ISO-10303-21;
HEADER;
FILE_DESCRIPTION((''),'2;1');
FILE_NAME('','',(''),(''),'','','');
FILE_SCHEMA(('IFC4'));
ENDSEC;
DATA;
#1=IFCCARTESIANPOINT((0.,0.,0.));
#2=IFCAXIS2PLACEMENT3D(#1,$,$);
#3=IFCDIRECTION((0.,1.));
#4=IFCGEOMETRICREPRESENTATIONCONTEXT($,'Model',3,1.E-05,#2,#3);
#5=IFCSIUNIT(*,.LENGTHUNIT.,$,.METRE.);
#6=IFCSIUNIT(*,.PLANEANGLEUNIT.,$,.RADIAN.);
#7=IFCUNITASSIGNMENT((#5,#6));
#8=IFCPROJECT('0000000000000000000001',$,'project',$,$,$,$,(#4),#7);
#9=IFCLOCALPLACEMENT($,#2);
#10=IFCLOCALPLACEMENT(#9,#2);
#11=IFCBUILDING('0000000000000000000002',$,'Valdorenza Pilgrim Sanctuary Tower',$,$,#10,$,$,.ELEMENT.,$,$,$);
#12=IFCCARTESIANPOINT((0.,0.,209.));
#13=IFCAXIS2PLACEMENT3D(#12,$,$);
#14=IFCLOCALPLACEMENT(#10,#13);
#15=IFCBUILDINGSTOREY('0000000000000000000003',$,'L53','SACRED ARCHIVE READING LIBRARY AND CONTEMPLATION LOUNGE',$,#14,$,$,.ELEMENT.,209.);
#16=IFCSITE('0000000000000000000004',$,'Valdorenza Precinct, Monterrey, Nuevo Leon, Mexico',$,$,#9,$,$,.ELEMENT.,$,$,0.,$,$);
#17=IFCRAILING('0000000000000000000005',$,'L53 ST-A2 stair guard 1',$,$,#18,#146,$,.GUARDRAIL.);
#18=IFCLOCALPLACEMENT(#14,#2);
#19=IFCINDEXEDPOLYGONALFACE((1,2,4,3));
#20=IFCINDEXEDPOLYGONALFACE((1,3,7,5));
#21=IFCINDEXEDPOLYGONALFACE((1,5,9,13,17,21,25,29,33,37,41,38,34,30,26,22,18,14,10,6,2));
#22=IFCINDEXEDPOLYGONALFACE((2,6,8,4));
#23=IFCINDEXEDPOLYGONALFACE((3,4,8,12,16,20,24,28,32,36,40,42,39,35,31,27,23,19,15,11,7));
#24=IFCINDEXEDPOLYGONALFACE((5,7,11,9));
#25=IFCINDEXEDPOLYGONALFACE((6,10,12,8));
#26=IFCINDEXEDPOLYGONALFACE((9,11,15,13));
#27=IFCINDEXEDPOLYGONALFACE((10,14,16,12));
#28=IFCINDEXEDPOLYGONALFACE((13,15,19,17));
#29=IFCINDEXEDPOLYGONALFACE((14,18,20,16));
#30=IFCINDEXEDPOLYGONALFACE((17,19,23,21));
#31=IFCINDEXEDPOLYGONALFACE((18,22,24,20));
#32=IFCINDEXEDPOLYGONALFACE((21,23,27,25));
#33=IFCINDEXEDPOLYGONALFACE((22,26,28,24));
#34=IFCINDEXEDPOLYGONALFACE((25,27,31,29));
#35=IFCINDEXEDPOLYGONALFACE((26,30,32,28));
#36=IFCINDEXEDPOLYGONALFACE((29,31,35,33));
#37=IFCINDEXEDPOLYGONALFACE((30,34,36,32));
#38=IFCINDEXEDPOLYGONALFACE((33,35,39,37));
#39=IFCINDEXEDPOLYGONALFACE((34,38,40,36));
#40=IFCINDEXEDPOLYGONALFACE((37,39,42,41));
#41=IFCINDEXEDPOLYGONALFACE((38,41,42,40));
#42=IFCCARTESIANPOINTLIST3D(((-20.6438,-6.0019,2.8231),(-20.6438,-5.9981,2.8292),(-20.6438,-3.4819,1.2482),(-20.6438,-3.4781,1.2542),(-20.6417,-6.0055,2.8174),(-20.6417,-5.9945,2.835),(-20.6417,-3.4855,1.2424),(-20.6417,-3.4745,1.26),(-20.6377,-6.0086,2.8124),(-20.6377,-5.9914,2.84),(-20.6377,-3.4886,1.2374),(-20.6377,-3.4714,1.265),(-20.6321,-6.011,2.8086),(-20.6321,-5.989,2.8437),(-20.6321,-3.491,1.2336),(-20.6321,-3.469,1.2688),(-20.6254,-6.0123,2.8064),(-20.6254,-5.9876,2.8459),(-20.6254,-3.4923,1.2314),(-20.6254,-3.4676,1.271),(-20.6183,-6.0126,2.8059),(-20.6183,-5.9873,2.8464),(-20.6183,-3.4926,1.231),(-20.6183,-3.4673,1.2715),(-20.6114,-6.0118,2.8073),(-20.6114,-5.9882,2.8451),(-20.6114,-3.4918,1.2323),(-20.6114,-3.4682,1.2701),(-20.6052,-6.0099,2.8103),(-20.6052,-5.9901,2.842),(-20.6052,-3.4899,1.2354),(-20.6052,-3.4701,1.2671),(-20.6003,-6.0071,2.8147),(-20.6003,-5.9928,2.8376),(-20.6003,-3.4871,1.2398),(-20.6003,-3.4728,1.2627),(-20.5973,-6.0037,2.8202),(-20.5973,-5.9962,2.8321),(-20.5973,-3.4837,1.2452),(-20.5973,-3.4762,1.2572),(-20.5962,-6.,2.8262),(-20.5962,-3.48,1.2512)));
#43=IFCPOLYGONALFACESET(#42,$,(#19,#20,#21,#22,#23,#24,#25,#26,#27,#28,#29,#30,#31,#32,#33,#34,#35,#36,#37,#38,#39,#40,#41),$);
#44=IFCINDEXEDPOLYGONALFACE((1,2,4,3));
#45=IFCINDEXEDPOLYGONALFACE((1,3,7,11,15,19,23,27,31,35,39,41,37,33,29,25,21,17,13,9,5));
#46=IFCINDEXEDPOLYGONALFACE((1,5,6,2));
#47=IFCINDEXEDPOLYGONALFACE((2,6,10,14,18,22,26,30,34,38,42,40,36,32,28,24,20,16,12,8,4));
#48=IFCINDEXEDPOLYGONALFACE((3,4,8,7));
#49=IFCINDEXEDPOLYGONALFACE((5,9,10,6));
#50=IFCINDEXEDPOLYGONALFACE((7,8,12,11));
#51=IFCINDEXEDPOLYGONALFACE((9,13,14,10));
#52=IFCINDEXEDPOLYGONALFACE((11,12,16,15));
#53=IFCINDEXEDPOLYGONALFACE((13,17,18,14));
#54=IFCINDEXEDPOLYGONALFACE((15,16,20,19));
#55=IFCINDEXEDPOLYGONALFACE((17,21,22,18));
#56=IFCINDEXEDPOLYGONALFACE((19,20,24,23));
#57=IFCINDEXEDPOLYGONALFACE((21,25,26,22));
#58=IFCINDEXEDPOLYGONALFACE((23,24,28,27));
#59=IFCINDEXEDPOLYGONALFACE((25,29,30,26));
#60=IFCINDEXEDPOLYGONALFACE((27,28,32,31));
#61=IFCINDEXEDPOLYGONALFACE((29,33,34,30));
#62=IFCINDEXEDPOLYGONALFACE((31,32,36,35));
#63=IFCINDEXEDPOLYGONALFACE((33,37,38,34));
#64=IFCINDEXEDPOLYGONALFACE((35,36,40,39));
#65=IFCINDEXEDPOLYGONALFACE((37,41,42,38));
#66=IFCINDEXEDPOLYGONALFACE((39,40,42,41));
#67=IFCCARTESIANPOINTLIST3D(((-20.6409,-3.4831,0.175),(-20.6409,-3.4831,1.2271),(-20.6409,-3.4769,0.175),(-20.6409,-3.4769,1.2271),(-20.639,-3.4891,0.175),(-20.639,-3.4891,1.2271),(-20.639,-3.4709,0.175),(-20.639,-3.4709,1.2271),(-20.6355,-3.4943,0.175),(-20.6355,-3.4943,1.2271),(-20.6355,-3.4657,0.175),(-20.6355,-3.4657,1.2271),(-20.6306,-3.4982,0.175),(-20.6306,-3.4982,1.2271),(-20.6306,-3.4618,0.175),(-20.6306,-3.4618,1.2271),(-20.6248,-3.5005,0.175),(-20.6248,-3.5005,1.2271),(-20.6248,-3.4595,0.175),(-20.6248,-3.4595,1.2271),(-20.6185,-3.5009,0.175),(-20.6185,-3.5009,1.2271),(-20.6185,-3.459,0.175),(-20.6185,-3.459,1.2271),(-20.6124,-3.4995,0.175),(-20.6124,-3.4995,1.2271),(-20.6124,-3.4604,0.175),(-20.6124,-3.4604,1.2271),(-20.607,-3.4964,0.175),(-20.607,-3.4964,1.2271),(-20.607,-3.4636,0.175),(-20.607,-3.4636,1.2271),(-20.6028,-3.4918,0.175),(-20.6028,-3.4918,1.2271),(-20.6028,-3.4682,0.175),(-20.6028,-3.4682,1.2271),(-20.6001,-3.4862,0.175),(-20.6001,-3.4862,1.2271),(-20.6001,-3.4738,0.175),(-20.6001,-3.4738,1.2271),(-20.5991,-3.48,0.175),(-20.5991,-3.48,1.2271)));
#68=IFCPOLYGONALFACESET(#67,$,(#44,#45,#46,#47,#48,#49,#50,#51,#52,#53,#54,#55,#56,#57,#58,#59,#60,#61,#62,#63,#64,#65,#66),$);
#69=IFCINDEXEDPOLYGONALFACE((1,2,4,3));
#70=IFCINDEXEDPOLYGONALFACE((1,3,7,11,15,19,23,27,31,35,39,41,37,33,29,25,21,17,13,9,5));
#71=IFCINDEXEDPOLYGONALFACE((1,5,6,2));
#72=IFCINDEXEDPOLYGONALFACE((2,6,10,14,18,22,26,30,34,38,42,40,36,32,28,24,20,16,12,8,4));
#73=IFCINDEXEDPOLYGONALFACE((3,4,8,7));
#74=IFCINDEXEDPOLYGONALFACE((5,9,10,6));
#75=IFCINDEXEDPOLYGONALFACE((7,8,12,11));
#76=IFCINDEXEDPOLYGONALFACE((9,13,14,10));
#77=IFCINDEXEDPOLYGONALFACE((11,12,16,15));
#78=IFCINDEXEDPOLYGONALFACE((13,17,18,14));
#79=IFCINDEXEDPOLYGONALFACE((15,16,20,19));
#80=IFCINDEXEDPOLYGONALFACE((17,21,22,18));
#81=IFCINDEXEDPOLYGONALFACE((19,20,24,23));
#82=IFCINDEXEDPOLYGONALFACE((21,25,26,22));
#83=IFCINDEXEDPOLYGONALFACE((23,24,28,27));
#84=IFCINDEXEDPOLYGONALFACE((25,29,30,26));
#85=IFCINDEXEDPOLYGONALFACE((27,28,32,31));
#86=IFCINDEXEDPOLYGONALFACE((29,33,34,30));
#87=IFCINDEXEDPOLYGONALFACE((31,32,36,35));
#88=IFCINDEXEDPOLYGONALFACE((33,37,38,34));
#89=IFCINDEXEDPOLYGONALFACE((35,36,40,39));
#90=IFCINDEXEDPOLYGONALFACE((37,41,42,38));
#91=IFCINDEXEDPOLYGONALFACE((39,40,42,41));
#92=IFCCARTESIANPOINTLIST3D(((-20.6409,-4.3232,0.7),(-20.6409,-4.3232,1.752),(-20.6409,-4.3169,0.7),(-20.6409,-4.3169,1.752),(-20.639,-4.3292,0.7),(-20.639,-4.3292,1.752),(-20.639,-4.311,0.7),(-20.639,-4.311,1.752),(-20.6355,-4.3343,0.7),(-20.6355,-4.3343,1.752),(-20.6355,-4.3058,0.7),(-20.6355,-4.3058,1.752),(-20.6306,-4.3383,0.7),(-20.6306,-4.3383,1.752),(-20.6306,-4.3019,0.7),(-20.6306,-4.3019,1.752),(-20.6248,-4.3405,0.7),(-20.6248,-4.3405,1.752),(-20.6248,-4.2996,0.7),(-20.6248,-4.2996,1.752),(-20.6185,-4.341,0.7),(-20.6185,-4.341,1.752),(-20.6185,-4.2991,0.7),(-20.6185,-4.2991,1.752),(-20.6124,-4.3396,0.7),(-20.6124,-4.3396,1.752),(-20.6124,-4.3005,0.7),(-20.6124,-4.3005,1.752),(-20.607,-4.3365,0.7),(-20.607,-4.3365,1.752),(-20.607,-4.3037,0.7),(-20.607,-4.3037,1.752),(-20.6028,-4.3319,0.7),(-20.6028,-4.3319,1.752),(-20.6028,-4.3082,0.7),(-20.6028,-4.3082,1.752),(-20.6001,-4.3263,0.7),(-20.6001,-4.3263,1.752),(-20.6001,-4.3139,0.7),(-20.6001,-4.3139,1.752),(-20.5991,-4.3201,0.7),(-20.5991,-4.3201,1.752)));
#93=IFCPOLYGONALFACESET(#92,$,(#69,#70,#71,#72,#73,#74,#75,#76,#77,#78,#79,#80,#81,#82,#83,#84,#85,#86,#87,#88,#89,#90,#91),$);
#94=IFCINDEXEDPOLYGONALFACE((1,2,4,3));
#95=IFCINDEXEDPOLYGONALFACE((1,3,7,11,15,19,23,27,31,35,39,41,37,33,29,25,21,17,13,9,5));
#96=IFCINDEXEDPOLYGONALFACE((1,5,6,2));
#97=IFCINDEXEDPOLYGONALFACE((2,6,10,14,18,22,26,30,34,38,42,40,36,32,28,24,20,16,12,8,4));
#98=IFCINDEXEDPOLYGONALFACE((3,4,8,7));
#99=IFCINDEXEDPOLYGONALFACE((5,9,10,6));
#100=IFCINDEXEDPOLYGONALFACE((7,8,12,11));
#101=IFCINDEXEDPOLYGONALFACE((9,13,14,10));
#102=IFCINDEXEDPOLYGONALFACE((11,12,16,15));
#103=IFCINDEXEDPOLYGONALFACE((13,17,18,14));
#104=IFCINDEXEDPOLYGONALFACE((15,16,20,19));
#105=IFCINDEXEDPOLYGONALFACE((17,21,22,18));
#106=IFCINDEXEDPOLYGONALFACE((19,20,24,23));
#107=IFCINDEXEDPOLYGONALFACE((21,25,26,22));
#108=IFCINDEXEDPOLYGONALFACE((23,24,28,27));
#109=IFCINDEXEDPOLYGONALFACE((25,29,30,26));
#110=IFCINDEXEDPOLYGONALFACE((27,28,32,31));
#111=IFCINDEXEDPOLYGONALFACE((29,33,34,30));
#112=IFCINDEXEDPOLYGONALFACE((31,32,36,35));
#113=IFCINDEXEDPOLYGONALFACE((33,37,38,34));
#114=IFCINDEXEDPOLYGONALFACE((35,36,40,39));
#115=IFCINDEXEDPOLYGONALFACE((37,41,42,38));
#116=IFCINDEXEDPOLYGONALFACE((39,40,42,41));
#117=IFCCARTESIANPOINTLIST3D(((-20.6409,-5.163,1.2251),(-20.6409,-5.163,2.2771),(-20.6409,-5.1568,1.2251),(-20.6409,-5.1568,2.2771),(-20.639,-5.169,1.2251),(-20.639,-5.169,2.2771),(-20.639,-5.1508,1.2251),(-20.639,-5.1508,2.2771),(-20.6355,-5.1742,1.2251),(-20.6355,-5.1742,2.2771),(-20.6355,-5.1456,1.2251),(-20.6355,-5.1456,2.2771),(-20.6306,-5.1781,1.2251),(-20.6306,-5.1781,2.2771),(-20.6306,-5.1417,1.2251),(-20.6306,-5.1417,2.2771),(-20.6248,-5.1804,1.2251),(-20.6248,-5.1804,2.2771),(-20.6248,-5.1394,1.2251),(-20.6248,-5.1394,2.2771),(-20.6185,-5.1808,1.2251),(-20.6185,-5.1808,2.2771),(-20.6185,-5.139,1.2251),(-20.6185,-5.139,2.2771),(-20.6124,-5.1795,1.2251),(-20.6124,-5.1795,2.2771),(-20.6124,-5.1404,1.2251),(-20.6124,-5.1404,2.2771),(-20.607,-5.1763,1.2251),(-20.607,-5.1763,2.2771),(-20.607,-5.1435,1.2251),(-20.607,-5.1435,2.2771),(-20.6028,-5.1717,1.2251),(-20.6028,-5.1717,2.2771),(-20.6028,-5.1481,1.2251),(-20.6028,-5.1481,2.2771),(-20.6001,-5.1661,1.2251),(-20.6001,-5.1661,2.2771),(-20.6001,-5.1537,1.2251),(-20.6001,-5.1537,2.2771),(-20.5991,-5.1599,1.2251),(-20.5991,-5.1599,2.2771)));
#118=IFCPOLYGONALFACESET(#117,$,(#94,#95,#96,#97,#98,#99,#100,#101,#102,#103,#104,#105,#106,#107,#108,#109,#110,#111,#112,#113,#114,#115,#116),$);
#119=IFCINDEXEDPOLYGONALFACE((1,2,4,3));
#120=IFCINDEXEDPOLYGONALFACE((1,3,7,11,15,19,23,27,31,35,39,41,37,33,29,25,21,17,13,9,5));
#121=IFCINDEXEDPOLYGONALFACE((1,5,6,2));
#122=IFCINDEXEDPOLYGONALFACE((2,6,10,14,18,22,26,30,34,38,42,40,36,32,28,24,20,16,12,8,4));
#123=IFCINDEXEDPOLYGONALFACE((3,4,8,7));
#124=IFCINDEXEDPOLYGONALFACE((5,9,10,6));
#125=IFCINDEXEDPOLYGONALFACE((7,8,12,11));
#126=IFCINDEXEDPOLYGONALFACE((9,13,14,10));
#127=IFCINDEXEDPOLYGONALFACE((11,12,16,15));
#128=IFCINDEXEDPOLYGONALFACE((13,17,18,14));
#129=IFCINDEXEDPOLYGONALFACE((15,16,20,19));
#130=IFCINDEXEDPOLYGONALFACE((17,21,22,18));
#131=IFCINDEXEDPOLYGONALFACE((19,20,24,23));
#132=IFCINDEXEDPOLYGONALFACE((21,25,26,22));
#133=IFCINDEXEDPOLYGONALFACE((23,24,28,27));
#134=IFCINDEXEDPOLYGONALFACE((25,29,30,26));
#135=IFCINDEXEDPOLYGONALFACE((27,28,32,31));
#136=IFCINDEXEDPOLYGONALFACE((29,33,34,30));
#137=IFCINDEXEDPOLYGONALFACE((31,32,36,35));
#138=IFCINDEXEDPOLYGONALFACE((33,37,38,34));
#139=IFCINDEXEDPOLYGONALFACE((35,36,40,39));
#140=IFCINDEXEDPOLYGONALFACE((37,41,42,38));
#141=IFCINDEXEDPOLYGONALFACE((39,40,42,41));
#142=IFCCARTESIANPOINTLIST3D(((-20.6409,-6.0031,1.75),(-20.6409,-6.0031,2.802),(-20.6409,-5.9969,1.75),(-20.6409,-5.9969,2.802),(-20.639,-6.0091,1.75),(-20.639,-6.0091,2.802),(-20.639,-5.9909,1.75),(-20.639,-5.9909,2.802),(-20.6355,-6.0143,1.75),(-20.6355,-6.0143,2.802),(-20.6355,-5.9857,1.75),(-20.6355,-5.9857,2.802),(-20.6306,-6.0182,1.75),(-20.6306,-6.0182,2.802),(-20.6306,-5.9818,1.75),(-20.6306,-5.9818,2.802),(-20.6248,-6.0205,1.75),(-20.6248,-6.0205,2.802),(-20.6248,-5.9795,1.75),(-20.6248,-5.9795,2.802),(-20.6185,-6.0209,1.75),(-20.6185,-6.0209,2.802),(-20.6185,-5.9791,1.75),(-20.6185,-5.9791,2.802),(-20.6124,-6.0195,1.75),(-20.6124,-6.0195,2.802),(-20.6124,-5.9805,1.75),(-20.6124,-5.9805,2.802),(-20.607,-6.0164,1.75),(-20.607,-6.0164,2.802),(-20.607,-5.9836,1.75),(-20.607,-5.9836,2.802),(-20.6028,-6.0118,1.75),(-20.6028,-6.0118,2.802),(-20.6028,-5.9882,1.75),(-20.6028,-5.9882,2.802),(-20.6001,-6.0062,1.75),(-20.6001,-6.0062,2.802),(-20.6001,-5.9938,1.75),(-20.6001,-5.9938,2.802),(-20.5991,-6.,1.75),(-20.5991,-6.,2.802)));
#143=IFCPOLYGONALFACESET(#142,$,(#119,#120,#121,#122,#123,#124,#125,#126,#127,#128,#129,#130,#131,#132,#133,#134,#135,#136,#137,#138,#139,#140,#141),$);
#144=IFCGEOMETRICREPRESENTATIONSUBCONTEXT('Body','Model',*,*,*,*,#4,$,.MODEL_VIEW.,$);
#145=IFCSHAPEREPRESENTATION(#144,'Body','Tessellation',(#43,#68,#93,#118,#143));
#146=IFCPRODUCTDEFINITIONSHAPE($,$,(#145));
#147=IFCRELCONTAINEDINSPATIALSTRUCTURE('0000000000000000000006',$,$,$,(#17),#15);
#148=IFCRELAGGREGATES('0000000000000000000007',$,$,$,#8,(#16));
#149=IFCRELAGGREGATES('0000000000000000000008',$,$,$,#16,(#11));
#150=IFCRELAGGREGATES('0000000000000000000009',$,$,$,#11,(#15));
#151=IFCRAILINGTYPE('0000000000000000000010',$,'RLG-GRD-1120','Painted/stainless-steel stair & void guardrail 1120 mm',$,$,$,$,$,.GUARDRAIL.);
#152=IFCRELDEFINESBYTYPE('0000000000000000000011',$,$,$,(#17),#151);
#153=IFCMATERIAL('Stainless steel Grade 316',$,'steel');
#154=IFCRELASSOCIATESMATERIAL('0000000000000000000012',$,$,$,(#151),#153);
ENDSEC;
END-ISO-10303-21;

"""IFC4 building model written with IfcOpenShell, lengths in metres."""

from ifc_helpers import new_model, si_unit, direction, frame, origin, origin_2d, place, context, subcontext, project, spatial, circle, extrude, material, type_object, element, save


model = new_model("IFC4")

# Units and contexts
model_context = context("Model", 3, precision=1e-05, world=origin(), true_north=direction((0.0, 1.0)))
body_context = subcontext(model_context, "Body", "Model", "MODEL_VIEW")
ifc_project = project(units=[si_unit("LENGTHUNIT", "METRE"), si_unit("PLANEANGLEUNIT", "RADIAN")], contexts=[model_context])

# Site, building, storey
site_placement = place(None, origin())
site = spatial("IfcSite", under=ifc_project, at=site_placement, Name="Valdorenza Precinct, Monterrey, Nuevo Leon, Mexico", CompositionType="ELEMENT", RefElevation=0.0)
building_placement = place(site_placement, origin())
building = spatial("IfcBuilding", under=site, at=building_placement, Name="Valdorenza Pilgrim Sanctuary Tower", CompositionType="ELEMENT")
storey_placement = place(building_placement, frame((0.0, 0.0, 209.0)))
storey = spatial("IfcBuildingStorey", under=building, at=storey_placement, Name="L53", Description="SACRED ARCHIVE READING LIBRARY AND CONTEMPLATION LOUNGE", CompositionType="ELEMENT", Elevation=209.0)

# Railing
ifc_material_1 = material(Name="Stainless steel Grade 316", Category="steel")
railing_type_1 = type_object("IfcRailingType", Name="RLG-GRD-1120", Description="Painted/stainless-steel stair & void guardrail 1120 mm", PredefinedType="GUARDRAIL", material=ifc_material_1)
railing_1_placement = place(storey_placement, frame((-20.6201, -3.48, 0.175)))
element("IfcRailing", 1, at=railing_1_placement, inside=storey, type_object=railing_type_1, Name="L53 ST-A2 stair guard 1", PredefinedType="GUARDRAIL", context=body_context, shape_type="SweptSolid", body=[
    extrude(circle(Radius=0.0239, at=origin_2d()), frame((0.0, 0.0, 1.0762), z_axis=(0.0, -0.848008, 0.529984), x_axis=(1.0, 0.0, 0.0)), (0.0, 0.0, 1.0), 2.9717),
    extrude(circle(Radius=0.021, at=origin_2d()), origin(), (0.0, 0.0, 1.0), 1.052),
    extrude(circle(Radius=0.021, at=origin_2d()), frame((0.0, -0.8401, 0.5249)), (0.0, 0.0, 1.0), 1.052),
    extrude(circle(Radius=0.021, at=origin_2d()), frame((0.0, -1.6799, 1.05)), (0.0, 0.0, 1.0), 1.052),
    extrude(circle(Radius=0.021, at=origin_2d()), frame((0.0, -2.52, 1.575)), (0.0, 0.0, 1.0), 1.052),
])

save(model, "model.ifc")
